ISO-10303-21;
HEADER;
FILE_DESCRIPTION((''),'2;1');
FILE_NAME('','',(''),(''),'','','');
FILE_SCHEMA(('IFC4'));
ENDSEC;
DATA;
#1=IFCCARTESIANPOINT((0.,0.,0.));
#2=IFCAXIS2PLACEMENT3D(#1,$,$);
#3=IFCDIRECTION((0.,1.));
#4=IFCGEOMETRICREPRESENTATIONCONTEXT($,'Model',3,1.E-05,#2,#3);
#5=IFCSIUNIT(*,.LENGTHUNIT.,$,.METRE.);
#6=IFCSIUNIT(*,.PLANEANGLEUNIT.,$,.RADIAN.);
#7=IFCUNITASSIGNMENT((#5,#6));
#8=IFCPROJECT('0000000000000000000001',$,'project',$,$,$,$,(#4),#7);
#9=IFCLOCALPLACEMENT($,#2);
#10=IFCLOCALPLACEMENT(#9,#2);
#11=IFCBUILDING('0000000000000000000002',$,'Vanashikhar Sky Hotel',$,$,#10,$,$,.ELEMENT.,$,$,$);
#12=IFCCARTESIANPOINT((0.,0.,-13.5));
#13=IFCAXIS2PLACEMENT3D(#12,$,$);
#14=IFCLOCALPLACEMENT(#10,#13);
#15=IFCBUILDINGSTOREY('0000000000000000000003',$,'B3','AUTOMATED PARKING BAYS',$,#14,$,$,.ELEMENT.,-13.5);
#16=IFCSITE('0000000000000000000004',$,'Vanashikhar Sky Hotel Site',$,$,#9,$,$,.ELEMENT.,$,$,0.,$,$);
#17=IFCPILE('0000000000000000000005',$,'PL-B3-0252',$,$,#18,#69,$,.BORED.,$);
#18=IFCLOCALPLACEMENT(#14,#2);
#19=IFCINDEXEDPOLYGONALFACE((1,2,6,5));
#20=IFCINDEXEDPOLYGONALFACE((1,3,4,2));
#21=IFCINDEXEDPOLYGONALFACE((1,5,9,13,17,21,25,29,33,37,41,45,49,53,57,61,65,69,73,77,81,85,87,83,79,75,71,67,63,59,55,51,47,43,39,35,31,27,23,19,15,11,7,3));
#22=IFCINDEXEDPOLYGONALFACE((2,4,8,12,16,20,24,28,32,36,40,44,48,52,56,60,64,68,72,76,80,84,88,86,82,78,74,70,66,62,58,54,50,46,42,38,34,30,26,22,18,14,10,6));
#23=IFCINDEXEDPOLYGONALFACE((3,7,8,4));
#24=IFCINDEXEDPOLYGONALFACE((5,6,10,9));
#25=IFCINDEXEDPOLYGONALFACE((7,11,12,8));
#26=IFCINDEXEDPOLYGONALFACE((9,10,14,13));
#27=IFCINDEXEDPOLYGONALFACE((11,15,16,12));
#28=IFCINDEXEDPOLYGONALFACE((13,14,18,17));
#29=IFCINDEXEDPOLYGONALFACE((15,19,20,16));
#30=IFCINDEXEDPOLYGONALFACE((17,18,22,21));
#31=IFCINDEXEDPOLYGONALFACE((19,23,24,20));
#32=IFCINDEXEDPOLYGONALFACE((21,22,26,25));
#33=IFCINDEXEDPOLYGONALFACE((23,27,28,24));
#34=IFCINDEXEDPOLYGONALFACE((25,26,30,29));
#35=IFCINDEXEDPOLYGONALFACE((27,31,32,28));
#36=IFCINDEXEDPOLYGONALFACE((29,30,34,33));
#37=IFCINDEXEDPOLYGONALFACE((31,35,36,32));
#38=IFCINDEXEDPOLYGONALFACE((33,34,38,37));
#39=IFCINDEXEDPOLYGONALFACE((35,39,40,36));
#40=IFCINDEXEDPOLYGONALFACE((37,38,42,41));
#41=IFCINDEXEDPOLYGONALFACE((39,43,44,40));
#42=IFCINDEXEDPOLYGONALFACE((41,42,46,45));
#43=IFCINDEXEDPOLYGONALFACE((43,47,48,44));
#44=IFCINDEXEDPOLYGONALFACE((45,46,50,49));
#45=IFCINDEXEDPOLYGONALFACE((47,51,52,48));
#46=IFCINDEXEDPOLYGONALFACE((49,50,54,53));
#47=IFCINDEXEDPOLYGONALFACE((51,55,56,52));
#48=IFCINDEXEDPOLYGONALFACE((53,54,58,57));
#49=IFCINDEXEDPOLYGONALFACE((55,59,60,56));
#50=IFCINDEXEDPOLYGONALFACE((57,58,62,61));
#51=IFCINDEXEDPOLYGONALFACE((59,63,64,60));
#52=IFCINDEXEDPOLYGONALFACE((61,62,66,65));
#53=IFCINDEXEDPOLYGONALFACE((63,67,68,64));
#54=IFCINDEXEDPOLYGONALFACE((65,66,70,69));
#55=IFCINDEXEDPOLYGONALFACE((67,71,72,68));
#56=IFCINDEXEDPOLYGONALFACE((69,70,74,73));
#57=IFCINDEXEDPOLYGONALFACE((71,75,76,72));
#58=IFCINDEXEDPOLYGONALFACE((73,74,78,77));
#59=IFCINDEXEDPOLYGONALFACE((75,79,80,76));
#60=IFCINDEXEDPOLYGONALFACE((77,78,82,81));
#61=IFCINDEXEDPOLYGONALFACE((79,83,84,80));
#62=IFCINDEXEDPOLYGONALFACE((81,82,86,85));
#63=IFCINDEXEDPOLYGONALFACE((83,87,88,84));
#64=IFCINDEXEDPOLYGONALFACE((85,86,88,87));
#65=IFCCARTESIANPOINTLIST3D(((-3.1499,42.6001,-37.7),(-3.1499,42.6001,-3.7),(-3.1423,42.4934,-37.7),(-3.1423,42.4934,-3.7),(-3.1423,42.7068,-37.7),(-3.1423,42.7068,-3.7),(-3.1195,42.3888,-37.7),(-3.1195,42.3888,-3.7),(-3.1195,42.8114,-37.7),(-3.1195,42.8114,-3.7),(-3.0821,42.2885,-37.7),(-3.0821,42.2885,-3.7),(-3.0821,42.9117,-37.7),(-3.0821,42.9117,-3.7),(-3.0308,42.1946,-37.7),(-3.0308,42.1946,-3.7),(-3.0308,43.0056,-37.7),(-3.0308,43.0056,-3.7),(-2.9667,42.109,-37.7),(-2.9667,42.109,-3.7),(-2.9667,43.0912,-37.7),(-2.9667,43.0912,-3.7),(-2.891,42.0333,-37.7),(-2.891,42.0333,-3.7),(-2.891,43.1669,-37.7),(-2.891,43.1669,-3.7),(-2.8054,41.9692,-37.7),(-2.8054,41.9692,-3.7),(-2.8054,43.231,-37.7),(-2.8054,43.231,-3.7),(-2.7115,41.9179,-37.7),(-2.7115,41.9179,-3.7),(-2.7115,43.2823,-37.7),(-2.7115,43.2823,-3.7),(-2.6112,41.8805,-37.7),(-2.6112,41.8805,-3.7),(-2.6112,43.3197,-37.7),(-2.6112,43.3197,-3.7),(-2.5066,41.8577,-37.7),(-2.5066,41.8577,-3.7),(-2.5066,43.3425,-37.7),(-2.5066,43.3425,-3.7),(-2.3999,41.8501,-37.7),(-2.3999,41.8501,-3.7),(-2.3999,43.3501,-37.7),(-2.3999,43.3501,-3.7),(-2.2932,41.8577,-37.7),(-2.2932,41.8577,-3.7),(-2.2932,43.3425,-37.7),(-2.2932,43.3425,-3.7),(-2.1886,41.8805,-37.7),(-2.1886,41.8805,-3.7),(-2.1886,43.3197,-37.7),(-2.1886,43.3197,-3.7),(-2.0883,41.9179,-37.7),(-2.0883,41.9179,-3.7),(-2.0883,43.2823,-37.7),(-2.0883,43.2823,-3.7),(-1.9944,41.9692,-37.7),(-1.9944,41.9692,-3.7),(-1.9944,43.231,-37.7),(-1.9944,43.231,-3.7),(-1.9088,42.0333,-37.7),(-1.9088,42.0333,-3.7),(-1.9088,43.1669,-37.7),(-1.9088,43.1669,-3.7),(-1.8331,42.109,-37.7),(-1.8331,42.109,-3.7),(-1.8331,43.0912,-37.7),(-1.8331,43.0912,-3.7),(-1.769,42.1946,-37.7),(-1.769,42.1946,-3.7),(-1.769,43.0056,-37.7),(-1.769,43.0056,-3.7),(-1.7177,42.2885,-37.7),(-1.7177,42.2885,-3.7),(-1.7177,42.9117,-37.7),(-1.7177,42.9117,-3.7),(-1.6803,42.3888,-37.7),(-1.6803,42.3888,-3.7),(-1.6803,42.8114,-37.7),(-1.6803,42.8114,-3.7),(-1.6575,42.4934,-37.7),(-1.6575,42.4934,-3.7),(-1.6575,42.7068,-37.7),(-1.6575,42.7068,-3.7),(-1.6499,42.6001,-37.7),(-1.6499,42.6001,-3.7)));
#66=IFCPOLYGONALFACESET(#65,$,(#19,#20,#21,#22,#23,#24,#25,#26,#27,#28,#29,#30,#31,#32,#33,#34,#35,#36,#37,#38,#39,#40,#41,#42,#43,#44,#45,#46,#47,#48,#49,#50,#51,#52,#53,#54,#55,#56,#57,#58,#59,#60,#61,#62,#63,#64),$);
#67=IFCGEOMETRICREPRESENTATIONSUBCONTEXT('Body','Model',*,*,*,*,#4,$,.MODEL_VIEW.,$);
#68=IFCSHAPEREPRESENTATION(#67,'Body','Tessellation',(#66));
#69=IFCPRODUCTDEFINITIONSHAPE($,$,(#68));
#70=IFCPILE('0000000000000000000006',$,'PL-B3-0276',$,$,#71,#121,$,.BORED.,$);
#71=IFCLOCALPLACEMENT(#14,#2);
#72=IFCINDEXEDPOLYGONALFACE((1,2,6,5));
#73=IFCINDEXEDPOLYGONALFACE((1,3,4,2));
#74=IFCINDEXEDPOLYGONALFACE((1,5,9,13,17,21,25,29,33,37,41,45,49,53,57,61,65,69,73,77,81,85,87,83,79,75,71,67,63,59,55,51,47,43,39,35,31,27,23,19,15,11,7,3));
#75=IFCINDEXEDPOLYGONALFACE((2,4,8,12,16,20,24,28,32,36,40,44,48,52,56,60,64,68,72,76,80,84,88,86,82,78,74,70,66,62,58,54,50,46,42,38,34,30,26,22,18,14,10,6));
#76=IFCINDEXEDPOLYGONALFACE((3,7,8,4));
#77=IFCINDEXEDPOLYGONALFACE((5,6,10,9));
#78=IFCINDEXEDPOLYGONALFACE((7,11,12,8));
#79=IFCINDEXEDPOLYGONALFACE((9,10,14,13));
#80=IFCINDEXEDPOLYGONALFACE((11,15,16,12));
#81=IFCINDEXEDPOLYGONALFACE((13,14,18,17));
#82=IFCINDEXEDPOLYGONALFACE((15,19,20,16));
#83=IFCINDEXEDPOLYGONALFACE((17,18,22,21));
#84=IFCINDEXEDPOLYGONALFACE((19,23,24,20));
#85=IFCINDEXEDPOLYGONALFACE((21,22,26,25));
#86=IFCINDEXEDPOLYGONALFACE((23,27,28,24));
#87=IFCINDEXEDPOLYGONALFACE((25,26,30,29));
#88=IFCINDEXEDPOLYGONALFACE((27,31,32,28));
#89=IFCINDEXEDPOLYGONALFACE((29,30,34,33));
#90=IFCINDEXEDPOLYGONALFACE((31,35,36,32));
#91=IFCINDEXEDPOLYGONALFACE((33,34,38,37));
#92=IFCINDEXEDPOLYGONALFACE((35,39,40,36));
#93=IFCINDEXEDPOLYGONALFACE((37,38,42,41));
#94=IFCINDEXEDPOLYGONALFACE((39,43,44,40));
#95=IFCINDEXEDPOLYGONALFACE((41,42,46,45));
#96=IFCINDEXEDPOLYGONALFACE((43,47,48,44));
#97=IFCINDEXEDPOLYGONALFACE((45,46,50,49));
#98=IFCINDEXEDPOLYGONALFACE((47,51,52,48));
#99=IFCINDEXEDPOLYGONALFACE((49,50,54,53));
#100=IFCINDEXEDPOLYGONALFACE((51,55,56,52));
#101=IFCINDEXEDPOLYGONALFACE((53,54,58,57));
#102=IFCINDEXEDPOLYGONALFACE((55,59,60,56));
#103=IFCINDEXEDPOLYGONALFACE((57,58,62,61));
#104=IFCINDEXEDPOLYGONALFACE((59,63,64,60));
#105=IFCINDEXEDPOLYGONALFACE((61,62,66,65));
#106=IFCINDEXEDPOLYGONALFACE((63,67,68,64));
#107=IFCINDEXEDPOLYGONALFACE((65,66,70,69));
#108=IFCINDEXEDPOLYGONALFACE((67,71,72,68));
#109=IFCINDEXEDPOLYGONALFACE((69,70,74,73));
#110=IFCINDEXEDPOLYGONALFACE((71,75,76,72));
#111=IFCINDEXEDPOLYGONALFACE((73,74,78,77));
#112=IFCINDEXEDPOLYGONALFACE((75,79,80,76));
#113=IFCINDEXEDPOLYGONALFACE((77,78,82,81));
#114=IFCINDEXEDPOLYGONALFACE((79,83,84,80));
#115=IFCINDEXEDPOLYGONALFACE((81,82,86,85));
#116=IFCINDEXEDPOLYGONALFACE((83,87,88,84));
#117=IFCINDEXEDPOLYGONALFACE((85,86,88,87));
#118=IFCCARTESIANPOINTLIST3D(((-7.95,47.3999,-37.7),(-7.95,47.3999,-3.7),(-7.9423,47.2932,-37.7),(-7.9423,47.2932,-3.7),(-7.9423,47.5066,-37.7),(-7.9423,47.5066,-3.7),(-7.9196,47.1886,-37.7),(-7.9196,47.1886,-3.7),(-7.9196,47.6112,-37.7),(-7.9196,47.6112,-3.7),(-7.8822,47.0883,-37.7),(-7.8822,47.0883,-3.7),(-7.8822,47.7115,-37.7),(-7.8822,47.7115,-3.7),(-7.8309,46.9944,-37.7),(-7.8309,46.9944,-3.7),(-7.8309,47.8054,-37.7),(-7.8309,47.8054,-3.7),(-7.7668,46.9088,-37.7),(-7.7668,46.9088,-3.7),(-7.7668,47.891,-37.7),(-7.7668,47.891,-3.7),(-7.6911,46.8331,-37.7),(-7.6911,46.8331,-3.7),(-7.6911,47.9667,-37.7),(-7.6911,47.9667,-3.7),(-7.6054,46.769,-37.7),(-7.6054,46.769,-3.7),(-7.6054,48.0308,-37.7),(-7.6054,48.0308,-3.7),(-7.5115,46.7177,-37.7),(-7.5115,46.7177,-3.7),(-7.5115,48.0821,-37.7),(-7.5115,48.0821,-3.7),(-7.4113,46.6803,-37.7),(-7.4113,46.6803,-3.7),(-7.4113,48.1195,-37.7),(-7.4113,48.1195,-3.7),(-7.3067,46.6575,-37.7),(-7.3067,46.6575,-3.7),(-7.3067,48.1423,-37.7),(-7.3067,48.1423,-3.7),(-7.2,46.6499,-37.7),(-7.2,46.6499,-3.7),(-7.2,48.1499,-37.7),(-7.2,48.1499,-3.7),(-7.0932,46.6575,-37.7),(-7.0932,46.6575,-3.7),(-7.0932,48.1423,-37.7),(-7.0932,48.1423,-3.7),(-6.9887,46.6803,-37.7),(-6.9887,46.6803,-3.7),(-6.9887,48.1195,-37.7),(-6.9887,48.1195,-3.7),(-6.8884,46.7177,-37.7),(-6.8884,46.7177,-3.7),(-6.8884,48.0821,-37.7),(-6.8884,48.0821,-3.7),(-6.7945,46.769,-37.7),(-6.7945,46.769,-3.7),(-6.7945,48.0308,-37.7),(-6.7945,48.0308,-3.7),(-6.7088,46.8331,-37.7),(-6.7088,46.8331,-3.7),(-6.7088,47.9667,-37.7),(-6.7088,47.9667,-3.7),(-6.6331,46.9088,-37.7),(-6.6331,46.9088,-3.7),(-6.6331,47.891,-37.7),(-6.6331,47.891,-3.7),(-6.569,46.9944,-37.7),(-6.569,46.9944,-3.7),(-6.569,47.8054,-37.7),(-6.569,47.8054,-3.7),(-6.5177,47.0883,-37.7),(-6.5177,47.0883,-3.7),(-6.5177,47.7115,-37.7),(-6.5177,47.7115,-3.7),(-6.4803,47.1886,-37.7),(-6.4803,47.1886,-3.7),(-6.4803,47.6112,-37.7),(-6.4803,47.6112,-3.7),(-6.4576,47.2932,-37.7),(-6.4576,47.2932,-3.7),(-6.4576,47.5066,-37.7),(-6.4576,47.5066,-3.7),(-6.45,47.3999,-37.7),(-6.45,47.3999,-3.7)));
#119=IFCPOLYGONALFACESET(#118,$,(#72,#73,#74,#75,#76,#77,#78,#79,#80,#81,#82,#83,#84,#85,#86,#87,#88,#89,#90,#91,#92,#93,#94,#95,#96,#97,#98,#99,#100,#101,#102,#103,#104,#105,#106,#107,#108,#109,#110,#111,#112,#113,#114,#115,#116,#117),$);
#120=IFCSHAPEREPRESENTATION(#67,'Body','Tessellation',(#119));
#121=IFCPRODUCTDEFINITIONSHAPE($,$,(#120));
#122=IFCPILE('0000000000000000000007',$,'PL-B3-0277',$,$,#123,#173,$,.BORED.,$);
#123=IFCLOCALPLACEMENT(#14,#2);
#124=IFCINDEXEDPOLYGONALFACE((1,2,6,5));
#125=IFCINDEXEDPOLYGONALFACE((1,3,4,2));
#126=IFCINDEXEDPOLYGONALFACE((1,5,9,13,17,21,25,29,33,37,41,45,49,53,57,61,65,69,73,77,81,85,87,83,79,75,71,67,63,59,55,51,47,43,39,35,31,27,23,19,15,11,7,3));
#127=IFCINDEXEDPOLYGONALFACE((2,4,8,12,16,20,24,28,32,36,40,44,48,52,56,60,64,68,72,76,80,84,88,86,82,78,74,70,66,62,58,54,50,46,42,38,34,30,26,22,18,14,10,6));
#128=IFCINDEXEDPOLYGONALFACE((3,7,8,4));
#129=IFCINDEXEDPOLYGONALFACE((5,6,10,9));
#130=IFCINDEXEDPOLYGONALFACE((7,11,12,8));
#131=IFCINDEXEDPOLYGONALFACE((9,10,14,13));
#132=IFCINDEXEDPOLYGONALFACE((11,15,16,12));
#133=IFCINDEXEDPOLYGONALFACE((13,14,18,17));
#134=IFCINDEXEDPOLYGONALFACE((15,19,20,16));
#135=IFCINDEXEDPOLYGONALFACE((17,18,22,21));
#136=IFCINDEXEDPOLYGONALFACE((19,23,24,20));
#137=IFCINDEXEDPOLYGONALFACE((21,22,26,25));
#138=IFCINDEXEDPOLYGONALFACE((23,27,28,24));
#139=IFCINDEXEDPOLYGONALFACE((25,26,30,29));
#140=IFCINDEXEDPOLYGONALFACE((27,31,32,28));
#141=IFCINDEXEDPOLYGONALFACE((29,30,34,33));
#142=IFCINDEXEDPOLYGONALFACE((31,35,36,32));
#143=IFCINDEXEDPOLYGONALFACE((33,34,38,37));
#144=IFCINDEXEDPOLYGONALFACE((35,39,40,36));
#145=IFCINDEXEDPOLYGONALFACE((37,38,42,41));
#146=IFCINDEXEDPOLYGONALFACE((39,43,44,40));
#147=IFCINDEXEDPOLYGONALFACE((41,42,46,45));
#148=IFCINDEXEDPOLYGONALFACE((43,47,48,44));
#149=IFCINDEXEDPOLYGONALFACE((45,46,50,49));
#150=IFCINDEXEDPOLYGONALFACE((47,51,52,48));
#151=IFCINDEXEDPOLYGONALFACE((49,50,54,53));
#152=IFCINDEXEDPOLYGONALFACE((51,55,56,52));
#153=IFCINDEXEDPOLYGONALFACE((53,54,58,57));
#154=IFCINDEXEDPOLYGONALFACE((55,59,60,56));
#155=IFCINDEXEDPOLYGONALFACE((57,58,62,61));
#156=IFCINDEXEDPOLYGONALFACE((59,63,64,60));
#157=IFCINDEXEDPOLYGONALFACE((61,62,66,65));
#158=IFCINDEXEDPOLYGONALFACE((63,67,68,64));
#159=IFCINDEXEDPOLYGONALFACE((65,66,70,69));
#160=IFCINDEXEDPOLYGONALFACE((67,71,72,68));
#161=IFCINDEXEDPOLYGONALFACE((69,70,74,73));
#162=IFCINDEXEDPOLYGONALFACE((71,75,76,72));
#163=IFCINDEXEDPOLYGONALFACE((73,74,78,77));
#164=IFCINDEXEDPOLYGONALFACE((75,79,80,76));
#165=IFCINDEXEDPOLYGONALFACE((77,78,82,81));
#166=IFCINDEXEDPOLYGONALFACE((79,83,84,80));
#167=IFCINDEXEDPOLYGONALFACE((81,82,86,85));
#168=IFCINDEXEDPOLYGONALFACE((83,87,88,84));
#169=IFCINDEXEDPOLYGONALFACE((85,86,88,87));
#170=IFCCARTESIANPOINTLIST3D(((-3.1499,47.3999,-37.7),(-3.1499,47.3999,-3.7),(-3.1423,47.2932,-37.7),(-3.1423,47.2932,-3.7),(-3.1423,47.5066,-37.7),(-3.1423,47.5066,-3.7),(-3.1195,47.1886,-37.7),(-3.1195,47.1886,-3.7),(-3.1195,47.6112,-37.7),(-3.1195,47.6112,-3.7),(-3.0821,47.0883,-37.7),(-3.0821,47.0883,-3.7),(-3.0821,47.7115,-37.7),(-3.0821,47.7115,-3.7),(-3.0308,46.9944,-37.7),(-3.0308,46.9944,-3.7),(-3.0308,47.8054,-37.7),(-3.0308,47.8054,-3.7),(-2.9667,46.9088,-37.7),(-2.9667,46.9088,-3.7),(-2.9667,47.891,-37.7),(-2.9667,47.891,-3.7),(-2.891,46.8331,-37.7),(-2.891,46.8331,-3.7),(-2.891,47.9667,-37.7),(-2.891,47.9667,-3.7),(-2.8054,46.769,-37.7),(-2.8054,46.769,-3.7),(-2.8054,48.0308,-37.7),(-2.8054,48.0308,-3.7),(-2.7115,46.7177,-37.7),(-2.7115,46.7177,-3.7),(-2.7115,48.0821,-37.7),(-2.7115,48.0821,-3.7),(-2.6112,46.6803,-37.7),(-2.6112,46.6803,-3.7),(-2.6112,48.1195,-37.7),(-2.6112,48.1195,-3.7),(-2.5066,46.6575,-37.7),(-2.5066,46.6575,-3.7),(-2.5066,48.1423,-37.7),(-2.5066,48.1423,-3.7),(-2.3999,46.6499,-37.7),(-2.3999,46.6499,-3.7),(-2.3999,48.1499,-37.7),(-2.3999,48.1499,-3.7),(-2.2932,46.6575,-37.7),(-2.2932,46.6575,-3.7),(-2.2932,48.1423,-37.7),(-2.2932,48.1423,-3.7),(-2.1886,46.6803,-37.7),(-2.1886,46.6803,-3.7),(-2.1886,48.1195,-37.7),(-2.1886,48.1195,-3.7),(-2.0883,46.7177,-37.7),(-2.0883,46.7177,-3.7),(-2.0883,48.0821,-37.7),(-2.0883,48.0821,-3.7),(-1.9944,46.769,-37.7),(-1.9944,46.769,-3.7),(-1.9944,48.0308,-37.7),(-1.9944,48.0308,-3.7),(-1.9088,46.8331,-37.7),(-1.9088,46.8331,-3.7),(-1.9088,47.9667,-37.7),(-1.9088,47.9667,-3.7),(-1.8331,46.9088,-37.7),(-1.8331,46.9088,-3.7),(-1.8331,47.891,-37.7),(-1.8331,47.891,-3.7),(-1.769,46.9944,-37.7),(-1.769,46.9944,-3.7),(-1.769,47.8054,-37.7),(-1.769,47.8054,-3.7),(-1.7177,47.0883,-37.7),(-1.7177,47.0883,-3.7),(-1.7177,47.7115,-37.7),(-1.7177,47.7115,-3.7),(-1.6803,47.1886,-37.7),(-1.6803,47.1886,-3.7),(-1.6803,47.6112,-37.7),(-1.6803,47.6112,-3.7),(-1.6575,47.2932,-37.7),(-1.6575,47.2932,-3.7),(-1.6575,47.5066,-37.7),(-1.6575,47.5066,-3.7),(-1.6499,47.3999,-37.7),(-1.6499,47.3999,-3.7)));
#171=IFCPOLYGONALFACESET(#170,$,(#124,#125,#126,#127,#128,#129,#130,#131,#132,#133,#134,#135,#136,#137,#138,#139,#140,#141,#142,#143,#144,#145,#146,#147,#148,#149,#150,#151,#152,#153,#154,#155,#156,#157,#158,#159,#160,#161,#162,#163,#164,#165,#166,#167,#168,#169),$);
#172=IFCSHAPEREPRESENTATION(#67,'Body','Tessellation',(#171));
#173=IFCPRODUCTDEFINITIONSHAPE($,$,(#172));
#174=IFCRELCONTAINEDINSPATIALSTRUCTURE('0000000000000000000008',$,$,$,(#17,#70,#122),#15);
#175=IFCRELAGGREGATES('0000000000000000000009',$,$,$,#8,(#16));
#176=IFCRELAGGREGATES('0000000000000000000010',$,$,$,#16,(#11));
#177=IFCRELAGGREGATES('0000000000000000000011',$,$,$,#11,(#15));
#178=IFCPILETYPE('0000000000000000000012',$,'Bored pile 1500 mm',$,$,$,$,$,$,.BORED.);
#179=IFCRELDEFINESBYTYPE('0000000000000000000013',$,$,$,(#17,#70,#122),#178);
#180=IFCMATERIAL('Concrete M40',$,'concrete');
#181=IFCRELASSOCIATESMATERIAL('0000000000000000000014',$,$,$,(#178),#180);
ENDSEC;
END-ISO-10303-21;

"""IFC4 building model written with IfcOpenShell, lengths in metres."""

from ifc_helpers import new_model, si_unit, direction, frame, origin, origin_2d, place, context, subcontext, project, spatial, circle, extrude, source, transform, mapped, material, type_object, element, save


model = new_model("IFC4")

# Units and contexts
model_context = context("Model", 3, precision=1e-05, world=origin(), true_north=direction((0.0, 1.0)))
body_context = subcontext(model_context, "Body", "Model", "MODEL_VIEW")
ifc_project = project(units=[si_unit("LENGTHUNIT", "METRE"), si_unit("PLANEANGLEUNIT", "RADIAN")], contexts=[model_context])

# Site, building, storey
site_placement = place(None, origin())
site = spatial("IfcSite", under=ifc_project, at=site_placement, Name="Vanashikhar Sky Hotel Site", CompositionType="ELEMENT", RefElevation=0.0)
building_placement = place(site_placement, origin())
building = spatial("IfcBuilding", under=site, at=building_placement, Name="Vanashikhar Sky Hotel", CompositionType="ELEMENT")
storey_placement = place(building_placement, frame((0.0, 0.0, -13.5)))
storey = spatial("IfcBuildingStorey", under=building, at=storey_placement, Name="B3", Description="AUTOMATED PARKING BAYS", CompositionType="ELEMENT", Elevation=-13.5)

# Piles
ifc_material_1 = material(Name="Concrete M40", Category="concrete")
pile_type_1 = type_object("IfcPileType", Name="Bored pile 1500 mm", PredefinedType="BORED", material=ifc_material_1)
shared_shape_1 = source(origin(), body_context, "Body", "SweptSolid", [
    extrude(circle(Radius=0.75, at=origin_2d()), origin(), (0.0, 0.0, 1.0), 34.0),
])
for number, where, z_axis, x_axis, name in (
    (1, (-2.3999, 42.6001, -3.7), (0.0, 0.0, -1.0), (1.0, 0.0, 0.0), "PL-B3-0252"),
    (2, (-7.2, 47.3999, -3.7), (0.0, 0.0, -1.0), (1.0, 0.0, 0.0), "PL-B3-0276"),
    (3, (-2.3999, 47.3999, -3.7), (0.0, 0.0, -1.0), (1.0, 0.0, 0.0), "PL-B3-0277"),
):
    element("IfcPile", number, at=place(storey_placement, frame(where, z_axis=z_axis, x_axis=x_axis)), inside=storey, type_object=pile_type_1, Name=name, PredefinedType="BORED", context=body_context, shape_type="MappedRepresentation", body=[
        mapped(shared_shape_1, transform((0.0, 0.0, 0.0), scale=1.0)),
    ])

save(model, "model.ifc")
